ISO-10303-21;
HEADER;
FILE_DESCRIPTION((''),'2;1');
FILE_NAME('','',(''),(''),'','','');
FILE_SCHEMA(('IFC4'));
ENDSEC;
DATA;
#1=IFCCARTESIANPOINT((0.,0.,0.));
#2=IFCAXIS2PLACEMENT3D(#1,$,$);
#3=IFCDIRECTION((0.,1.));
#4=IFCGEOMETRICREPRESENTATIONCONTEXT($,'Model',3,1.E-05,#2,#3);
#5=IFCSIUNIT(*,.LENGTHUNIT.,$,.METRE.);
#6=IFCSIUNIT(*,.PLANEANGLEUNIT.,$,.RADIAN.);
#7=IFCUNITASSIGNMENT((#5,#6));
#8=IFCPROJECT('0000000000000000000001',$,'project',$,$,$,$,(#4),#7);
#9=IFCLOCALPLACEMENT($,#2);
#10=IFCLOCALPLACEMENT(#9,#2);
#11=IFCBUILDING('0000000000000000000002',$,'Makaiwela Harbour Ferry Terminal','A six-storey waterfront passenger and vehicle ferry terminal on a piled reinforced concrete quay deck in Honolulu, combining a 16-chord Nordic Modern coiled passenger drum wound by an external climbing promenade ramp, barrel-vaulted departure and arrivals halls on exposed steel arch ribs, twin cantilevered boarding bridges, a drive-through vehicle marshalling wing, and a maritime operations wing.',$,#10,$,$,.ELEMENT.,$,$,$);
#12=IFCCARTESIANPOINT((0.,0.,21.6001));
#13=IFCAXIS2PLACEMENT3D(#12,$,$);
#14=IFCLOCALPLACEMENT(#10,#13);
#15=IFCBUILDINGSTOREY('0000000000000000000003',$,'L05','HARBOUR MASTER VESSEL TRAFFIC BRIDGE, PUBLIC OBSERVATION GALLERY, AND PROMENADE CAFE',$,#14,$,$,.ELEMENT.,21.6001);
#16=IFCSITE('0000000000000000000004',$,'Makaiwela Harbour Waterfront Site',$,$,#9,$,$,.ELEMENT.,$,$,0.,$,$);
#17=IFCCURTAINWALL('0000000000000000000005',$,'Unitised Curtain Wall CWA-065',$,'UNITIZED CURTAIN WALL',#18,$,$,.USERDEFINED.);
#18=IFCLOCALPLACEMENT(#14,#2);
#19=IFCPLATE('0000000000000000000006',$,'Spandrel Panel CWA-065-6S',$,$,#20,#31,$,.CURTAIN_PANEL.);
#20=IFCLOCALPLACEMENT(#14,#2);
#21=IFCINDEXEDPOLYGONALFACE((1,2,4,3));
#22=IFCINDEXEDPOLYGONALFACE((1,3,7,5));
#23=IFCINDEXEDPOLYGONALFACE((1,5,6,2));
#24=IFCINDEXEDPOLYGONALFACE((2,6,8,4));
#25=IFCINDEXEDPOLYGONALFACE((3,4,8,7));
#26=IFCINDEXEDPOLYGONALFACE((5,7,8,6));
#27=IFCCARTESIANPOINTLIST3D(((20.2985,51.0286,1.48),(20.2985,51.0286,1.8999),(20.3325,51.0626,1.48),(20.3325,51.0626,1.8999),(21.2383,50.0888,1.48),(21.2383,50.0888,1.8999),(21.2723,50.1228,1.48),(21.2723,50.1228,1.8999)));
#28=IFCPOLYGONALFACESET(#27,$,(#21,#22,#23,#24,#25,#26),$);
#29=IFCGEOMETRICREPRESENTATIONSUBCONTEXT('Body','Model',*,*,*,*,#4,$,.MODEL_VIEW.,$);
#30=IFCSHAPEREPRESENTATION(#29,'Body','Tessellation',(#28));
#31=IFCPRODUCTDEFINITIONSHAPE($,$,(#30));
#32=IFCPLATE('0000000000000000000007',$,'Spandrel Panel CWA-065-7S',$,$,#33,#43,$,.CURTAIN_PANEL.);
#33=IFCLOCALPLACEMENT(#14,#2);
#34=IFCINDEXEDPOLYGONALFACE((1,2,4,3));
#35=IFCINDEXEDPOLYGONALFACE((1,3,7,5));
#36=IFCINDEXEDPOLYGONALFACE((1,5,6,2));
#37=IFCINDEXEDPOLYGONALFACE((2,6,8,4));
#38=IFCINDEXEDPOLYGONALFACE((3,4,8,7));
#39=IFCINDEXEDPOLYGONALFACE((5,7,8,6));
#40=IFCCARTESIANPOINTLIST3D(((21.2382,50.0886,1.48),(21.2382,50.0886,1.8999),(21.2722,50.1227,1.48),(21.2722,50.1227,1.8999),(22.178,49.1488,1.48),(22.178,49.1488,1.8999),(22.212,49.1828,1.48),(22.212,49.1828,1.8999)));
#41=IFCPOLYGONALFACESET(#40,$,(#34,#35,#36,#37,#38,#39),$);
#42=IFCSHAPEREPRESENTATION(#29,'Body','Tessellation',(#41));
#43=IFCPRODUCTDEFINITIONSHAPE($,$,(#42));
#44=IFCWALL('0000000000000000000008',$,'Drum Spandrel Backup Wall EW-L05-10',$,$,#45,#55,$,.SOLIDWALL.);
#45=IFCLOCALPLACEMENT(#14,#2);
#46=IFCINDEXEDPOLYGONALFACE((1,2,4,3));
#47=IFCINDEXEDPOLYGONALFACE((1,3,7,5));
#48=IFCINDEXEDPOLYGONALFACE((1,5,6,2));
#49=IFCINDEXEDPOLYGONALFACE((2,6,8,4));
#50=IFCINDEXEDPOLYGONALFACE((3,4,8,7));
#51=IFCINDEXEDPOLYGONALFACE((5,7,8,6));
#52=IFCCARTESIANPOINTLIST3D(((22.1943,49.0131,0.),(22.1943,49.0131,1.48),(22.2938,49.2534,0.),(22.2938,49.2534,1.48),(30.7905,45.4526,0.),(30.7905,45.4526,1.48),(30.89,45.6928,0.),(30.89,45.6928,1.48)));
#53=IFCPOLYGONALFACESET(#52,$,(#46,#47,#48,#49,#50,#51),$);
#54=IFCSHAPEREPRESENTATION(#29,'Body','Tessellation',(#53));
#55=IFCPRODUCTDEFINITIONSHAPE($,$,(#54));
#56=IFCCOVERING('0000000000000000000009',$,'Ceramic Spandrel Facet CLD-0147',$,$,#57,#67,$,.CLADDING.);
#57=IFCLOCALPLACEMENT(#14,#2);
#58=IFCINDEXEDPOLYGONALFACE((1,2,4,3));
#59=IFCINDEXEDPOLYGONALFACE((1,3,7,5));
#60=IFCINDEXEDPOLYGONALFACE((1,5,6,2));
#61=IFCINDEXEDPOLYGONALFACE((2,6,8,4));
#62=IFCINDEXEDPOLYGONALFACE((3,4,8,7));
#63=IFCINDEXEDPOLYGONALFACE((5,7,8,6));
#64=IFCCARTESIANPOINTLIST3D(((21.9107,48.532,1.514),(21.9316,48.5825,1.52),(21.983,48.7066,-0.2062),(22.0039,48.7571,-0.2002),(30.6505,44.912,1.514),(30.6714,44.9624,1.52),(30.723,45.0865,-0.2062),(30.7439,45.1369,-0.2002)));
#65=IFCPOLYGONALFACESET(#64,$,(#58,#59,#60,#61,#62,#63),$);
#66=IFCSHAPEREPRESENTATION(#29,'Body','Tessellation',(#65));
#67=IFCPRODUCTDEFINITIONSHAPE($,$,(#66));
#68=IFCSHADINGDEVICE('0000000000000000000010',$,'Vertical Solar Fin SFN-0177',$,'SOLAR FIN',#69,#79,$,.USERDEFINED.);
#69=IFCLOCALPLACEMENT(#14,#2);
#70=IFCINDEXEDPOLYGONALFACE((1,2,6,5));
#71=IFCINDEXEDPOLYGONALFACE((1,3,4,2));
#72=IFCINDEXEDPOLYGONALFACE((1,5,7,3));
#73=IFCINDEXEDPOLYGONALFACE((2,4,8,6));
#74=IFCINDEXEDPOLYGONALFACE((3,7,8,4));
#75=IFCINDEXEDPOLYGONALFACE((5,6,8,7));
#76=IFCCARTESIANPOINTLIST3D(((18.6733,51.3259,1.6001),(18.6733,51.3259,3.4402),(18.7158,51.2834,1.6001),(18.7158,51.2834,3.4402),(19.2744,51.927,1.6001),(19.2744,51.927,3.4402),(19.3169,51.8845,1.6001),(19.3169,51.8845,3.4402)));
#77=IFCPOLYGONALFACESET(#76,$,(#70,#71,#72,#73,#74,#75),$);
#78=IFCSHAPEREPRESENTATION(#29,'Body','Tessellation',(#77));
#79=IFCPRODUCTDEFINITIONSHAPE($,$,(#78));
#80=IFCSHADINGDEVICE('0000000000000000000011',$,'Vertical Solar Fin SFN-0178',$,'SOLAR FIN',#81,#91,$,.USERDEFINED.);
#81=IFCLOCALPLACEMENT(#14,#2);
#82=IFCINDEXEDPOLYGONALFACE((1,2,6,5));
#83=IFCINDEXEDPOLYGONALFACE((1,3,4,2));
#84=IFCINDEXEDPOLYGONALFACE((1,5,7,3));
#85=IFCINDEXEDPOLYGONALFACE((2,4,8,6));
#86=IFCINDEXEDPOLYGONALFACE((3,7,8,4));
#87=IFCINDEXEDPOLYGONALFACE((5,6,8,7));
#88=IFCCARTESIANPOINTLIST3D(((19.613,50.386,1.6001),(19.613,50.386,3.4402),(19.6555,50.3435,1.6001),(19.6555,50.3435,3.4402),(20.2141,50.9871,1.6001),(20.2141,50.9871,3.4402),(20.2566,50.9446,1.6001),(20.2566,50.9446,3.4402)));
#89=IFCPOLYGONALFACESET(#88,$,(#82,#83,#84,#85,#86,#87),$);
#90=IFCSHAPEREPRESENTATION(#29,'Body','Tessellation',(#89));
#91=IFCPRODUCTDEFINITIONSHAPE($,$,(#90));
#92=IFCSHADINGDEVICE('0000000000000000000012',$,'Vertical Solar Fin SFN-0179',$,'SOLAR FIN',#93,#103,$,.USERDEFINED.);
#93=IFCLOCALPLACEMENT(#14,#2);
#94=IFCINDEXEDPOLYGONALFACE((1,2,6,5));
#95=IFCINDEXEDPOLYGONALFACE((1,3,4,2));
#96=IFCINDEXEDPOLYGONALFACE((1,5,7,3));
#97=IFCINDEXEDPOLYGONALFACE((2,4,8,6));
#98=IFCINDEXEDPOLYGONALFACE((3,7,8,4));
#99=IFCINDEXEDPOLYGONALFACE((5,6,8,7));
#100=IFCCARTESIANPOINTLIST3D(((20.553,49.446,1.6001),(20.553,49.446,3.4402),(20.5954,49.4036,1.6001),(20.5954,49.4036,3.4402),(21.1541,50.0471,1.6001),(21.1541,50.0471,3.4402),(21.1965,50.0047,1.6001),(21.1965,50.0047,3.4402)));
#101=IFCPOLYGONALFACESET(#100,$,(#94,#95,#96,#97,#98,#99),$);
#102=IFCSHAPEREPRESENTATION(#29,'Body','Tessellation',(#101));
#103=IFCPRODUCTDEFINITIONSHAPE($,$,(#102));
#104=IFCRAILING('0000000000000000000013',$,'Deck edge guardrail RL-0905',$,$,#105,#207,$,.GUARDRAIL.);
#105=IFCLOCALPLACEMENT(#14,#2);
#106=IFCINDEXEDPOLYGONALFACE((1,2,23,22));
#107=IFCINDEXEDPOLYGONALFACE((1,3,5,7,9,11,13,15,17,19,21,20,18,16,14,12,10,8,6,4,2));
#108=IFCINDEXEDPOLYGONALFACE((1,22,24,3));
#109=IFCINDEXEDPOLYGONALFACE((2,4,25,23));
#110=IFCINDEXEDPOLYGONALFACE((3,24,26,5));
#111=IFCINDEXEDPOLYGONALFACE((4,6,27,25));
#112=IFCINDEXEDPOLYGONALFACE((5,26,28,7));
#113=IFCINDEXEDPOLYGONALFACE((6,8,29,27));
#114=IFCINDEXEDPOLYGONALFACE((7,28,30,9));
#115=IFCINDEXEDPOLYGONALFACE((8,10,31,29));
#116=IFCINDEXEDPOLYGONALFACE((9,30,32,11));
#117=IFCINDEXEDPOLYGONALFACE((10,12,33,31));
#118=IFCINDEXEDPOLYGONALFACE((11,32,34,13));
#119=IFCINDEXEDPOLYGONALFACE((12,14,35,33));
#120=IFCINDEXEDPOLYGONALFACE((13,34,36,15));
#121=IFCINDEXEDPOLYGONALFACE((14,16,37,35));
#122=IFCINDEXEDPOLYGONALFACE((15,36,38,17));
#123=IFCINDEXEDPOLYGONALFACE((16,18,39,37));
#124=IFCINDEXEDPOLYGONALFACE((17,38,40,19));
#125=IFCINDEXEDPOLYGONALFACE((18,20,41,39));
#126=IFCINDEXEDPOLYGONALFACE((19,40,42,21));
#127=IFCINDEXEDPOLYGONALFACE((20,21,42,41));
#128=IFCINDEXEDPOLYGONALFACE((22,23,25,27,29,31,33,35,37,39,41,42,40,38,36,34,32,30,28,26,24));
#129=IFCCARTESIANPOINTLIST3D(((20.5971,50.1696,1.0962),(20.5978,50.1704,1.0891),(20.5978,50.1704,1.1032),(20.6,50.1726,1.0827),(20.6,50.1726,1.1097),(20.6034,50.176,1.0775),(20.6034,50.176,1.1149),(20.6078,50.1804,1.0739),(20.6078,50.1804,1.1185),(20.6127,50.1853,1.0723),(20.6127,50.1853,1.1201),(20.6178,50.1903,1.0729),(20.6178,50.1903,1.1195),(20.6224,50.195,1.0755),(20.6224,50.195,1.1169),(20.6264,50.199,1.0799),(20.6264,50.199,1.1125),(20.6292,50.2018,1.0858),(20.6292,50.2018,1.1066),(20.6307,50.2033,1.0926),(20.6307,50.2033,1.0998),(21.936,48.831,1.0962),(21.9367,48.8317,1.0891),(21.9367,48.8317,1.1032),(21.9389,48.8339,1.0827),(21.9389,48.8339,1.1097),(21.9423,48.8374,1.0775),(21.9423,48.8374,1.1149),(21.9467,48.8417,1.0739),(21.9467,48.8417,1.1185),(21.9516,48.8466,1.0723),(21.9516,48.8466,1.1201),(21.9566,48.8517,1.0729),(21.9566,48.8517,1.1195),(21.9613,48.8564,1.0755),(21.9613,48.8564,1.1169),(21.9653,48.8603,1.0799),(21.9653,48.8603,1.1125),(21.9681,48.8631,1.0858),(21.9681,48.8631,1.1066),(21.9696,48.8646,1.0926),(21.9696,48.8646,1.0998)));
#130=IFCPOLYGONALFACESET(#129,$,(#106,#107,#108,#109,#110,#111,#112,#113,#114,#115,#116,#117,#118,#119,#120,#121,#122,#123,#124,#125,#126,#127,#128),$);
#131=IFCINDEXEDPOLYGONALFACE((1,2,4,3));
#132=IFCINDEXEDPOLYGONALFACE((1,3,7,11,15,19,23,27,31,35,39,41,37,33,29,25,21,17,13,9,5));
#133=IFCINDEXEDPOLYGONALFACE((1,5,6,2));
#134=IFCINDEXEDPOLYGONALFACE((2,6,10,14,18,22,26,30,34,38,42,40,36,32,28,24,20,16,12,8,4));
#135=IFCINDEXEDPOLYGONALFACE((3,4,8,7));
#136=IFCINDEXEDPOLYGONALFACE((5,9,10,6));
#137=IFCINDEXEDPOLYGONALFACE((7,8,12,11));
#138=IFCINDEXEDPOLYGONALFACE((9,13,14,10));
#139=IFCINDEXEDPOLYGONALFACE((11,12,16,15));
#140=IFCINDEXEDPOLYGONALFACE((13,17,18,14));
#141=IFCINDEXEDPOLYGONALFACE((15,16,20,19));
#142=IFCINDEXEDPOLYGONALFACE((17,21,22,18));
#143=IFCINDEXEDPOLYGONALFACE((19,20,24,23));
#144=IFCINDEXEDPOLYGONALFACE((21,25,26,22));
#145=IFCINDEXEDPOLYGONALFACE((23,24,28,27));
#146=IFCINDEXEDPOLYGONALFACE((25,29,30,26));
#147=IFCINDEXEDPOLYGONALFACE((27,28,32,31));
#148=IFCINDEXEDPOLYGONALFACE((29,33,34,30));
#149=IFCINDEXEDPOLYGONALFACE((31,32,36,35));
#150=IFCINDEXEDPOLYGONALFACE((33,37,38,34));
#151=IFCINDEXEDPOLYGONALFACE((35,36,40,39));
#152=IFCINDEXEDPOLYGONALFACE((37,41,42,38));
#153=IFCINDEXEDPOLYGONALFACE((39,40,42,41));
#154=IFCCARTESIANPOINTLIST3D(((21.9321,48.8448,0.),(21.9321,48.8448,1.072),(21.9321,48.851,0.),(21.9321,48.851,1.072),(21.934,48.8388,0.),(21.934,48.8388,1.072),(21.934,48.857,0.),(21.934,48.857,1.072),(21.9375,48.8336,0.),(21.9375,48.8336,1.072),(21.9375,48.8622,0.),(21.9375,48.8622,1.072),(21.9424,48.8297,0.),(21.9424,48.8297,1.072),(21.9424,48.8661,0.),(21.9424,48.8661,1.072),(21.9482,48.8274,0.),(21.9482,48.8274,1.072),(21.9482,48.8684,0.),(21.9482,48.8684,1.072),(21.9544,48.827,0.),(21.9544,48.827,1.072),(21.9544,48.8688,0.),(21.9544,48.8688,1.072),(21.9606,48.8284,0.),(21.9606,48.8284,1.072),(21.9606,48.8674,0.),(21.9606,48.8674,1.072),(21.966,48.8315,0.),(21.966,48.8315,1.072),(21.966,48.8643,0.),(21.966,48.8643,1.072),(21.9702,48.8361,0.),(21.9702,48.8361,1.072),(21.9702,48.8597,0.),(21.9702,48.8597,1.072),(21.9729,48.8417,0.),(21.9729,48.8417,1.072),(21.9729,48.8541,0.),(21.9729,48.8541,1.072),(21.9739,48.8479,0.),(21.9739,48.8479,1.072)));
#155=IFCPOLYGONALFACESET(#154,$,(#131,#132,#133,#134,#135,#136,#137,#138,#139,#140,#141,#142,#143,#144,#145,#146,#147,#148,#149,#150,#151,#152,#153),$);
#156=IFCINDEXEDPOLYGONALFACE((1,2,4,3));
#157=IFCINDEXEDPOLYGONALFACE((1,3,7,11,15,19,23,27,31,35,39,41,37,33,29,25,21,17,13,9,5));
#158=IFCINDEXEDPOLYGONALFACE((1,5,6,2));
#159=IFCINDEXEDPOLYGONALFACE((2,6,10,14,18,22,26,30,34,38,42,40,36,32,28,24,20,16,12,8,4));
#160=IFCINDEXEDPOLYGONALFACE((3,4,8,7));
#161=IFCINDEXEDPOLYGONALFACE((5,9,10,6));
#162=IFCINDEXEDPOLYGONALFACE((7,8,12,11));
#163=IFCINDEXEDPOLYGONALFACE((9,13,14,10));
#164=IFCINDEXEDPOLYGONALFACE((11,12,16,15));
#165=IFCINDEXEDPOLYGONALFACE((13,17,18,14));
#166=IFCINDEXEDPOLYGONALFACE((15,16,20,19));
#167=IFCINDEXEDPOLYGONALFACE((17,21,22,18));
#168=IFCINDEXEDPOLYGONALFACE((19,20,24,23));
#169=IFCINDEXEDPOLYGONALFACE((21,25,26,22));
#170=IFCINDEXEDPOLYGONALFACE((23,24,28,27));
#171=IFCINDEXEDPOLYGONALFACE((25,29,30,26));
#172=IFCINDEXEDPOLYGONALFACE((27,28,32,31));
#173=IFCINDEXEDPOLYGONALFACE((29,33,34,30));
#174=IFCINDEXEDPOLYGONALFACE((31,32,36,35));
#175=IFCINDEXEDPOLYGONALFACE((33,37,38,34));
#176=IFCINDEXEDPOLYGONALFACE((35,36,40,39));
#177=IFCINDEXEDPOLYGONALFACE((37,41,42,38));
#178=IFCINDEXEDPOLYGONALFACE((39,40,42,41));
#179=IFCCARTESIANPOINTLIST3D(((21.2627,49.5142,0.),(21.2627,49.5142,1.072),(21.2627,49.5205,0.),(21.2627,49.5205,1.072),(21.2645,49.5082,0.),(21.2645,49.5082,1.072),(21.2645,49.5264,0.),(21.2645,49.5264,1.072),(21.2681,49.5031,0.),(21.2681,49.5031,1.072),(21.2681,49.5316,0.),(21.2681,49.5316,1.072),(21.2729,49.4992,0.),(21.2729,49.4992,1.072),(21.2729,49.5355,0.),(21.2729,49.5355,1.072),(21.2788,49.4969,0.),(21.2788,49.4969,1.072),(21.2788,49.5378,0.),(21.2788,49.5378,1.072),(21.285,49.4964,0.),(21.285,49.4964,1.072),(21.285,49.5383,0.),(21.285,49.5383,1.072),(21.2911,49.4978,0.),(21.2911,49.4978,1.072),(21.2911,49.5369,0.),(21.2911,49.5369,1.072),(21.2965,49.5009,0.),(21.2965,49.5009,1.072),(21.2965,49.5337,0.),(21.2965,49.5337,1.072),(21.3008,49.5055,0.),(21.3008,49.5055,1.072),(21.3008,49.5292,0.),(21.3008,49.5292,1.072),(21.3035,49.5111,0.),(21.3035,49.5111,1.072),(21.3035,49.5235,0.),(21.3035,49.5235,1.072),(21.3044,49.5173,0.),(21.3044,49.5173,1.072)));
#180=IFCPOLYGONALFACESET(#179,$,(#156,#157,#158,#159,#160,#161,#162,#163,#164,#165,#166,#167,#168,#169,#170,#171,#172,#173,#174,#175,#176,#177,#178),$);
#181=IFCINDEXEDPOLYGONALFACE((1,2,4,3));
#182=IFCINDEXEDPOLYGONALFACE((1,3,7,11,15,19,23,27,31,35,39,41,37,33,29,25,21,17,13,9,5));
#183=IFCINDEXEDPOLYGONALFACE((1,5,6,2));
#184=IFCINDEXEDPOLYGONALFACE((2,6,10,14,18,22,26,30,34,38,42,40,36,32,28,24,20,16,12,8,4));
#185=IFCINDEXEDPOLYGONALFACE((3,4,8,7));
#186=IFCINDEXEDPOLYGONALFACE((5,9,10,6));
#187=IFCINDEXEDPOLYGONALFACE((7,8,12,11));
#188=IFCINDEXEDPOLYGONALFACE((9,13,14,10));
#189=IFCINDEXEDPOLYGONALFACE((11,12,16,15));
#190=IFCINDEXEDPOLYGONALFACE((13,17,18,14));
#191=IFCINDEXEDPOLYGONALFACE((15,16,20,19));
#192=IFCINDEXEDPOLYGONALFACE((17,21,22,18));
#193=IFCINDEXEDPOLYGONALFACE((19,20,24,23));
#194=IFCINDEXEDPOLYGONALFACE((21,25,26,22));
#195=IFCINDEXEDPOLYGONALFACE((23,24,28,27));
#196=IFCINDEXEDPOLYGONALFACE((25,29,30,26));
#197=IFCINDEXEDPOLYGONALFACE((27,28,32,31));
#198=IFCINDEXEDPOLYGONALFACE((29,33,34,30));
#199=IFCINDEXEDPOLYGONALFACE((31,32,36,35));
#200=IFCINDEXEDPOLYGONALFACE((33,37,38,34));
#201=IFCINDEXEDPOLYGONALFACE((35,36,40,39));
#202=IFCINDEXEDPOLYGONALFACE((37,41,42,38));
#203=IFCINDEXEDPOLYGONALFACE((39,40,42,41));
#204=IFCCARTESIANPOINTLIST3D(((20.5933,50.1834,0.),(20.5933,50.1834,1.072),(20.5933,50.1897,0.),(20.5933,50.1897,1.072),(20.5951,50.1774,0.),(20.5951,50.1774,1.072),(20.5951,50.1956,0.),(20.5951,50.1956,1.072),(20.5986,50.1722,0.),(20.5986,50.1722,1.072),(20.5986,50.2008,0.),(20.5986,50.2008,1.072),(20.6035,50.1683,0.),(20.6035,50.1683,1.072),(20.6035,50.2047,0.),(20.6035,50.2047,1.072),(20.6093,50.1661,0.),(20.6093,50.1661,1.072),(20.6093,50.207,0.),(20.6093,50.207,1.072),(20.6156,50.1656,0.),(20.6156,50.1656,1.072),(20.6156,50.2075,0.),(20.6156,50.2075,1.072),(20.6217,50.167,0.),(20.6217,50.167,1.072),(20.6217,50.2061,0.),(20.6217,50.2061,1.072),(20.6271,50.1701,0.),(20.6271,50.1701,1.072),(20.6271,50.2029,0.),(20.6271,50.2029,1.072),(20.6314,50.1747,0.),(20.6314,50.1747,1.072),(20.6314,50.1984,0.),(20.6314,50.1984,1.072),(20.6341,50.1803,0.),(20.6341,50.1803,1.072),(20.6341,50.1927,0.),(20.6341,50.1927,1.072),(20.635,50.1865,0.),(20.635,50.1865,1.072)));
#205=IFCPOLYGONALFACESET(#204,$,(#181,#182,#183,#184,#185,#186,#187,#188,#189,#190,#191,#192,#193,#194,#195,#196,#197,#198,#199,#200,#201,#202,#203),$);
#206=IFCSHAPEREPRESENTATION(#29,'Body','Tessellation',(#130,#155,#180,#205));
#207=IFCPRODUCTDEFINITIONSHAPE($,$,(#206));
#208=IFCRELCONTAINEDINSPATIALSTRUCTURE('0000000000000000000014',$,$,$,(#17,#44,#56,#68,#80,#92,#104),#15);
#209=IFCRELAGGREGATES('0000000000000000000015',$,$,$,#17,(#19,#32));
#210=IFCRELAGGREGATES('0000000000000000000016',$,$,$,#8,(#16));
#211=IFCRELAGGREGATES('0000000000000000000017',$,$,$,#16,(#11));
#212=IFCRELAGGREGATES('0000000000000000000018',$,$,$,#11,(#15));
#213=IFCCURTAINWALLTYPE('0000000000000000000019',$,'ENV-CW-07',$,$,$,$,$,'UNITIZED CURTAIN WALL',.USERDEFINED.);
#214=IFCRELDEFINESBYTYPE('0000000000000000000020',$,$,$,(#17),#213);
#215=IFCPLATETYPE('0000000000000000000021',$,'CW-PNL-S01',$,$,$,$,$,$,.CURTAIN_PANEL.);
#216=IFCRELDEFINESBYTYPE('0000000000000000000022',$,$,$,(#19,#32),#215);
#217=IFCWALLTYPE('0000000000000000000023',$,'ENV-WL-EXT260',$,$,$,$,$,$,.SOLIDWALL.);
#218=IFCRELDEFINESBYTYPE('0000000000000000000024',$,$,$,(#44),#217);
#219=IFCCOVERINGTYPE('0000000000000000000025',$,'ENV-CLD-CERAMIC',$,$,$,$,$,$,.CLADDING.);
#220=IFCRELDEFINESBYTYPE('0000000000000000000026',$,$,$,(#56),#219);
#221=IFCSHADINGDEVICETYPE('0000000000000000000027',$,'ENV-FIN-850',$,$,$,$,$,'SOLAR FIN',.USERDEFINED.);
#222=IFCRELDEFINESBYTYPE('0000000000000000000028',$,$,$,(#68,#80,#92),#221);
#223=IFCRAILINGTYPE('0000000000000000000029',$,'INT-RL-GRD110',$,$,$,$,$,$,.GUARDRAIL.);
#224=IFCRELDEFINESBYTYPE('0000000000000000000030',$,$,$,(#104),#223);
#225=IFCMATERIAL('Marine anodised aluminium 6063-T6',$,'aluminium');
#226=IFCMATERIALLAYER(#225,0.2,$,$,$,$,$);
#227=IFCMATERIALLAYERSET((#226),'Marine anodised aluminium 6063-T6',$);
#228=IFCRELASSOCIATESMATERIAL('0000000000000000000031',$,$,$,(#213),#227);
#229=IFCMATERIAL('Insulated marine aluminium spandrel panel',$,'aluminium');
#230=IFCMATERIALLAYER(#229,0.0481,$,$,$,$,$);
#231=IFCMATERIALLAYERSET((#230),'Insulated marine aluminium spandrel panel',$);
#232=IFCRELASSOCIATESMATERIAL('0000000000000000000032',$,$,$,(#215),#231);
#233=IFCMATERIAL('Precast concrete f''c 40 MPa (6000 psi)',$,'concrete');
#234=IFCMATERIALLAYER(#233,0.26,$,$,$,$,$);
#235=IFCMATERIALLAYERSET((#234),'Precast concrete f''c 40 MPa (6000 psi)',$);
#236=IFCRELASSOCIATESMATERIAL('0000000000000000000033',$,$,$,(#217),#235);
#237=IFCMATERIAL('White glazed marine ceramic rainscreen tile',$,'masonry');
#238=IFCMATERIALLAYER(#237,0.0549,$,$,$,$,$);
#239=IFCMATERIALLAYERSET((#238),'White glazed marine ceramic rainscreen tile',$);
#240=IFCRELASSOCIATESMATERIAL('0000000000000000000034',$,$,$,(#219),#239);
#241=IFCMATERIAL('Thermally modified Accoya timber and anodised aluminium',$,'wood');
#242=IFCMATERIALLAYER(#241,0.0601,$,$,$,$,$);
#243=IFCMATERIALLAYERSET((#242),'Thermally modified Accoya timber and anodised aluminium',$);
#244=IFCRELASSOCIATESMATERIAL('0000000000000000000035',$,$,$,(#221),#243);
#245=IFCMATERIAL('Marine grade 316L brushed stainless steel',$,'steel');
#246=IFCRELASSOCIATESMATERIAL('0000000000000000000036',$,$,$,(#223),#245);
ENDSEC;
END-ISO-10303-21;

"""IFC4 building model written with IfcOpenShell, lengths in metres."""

from ifc_helpers import new_model, si_unit, direction, frame, frame_2d, origin, origin_2d, place, context, subcontext, project, spatial, polyline, rectangle, circle, outline, extrude, material, layer, layer_set, type_object, element, aggregate, save


model = new_model("IFC4")

# Units and contexts
model_context = context("Model", 3, precision=1e-05, world=origin(), true_north=direction((0.0, 1.0)))
body_context = subcontext(model_context, "Body", "Model", "MODEL_VIEW")
ifc_project = project(units=[si_unit("LENGTHUNIT", "METRE"), si_unit("PLANEANGLEUNIT", "RADIAN")], contexts=[model_context])

# Site, building, storey
site_placement = place(None, origin())
site = spatial("IfcSite", under=ifc_project, at=site_placement, Name="Makaiwela Harbour Waterfront Site", CompositionType="ELEMENT", RefElevation=0.0)
building_placement = place(site_placement, origin())
building = spatial("IfcBuilding", under=site, at=building_placement, Name="Makaiwela Harbour Ferry Terminal", Description="A six-storey waterfront passenger and vehicle ferry terminal on a piled reinforced concrete quay deck in Honolulu, combining a 16-chord Nordic Modern coiled passenger drum wound by an external climbing promenade ramp, barrel-vaulted departure and arrivals halls on exposed steel arch ribs, twin cantilevered boarding bridges, a drive-through vehicle marshalling wing, and a maritime operations wing.", CompositionType="ELEMENT")
storey_placement = place(building_placement, frame((0.0, 0.0, 21.6001)))
storey = spatial("IfcBuildingStorey", under=building, at=storey_placement, Name="L05", Description="HARBOUR MASTER VESSEL TRAFFIC BRIDGE, PUBLIC OBSERVATION GALLERY, AND PROMENADE CAFE", CompositionType="ELEMENT", Elevation=21.6001)

# Curtain wall
ifc_material_1 = material(Name="Marine anodised aluminium 6063-T6", Category="aluminium")
ifc_layer_1 = layer(ifc_material_1, 0.2)
ifc_layer_set_1 = layer_set([ifc_layer_1], Name="Marine anodised aluminium 6063-T6")
curtain_wall_type = type_object("IfcCurtainWallType", Name="ENV-CW-07", ElementType="UNITIZED CURTAIN WALL", PredefinedType="USERDEFINED", material=ifc_layer_set_1)
curtain_wall_1_placement = place(storey_placement, origin())
curtain_wall_1 = element("IfcCurtainWall", 1, at=curtain_wall_1_placement, inside=storey, type_object=curtain_wall_type, Name="Unitised Curtain Wall CWA-065", ObjectType="UNITIZED CURTAIN WALL", PredefinedType="USERDEFINED")

# Plates
ifc_material_2 = material(Name="Insulated marine aluminium spandrel panel", Category="aluminium")
ifc_layer_2 = layer(ifc_material_2, 0.0481)
ifc_layer_set_2 = layer_set([ifc_layer_2], Name="Insulated marine aluminium spandrel panel")
plate_type_1 = type_object("IfcPlateType", Name="CW-PNL-S01", PredefinedType="CURTAIN_PANEL", material=ifc_layer_set_2)
plate_1_placement = place(storey_placement, frame((20.7854, 50.5757, 1.48), z_axis=(0.0, 0.0, 1.0), x_axis=(0.707107, -0.707107, 0.0)))
plate_1 = element("IfcPlate", 2, at=plate_1_placement, type_object=plate_type_1, Name="Spandrel Panel CWA-065-6S", PredefinedType="CURTAIN_PANEL", context=body_context, shape_type="SweptSolid", body=[
    extrude(rectangle(XDim=1.3291, YDim=0.0481, at=origin_2d()), origin(), (0.0, 0.0, 1.0), 0.4199),
])
plate_2_placement = place(storey_placement, frame((21.7251, 49.6357, 1.48), z_axis=(0.0, 0.0, 1.0), x_axis=(0.707107, -0.707107, 0.0)))
plate_2 = element("IfcPlate", 3, at=plate_2_placement, type_object=plate_type_1, Name="Spandrel Panel CWA-065-7S", PredefinedType="CURTAIN_PANEL", context=body_context, shape_type="SweptSolid", body=[
    extrude(rectangle(XDim=1.3291, YDim=0.0481, at=origin_2d()), origin(), (0.0, 0.0, 1.0), 0.4199),
])
aggregate(curtain_wall_1, [plate_1, plate_2])

# Wall
ifc_material_3 = material(Name="Precast concrete f'c 40 MPa (6000 psi)", Category="concrete")
ifc_layer_3 = layer(ifc_material_3, 0.26)
ifc_layer_set_3 = layer_set([ifc_layer_3], Name="Precast concrete f'c 40 MPa (6000 psi)")
wall_type = type_object("IfcWallType", Name="ENV-WL-EXT260", PredefinedType="SOLIDWALL", material=ifc_layer_set_3)
wall_placement = place(storey_placement, frame((22.2439, 49.1333, 0.0), z_axis=(0.0, 0.0, 1.0), x_axis=(0.923884, -0.382673, 0.0)))
element("IfcWall", 4, at=wall_placement, inside=storey, type_object=wall_type, Name="Drum Spandrel Backup Wall EW-L05-10", PredefinedType="SOLIDWALL", context=body_context, shape_type="SweptSolid", body=[
    extrude(rectangle(XDim=9.3044, YDim=0.26, at=frame_2d((4.6523, 0.0))), origin(), (0.0, 0.0, 1.0), 1.48),
])

# Covering
ifc_material_4 = material(Name="White glazed marine ceramic rainscreen tile", Category="masonry")
ifc_layer_4 = layer(ifc_material_4, 0.0549)
ifc_layer_set_4 = layer_set([ifc_layer_4], Name="White glazed marine ceramic rainscreen tile")
covering_type = type_object("IfcCoveringType", Name="ENV-CLD-CERAMIC", PredefinedType="CLADDING", material=ifc_layer_set_4)
covering_placement = place(storey_placement, frame((22.0039, 48.7571, -0.2002), z_axis=(0.38039, 0.918357, 0.109198), x_axis=(0.923882, -0.382678, -0.000001)))
element("IfcCovering", 5, at=covering_placement, inside=storey, type_object=covering_type, Name="Ceramic Spandrel Facet CLD-0147", PredefinedType="CLADDING", context=body_context, shape_type="SweptSolid", body=[
    extrude(outline(polyline([(0.0, 0.0), (9.4601, 0.0), (9.4599, -1.7306), (0.0, -1.7306), (0.0, 0.0)])), origin(), (0.0, 0.0, -1.0), 0.0549),
])

# Shading devices
ifc_material_5 = material(Name="Thermally modified Accoya timber and anodised aluminium", Category="wood")
ifc_layer_5 = layer(ifc_material_5, 0.0601)
ifc_layer_set_5 = layer_set([ifc_layer_5], Name="Thermally modified Accoya timber and anodised aluminium")
shading_device_type = type_object("IfcShadingDeviceType", Name="ENV-FIN-850", ElementType="SOLAR FIN", PredefinedType="USERDEFINED", material=ifc_layer_set_5)
for number, where, z_axis, x_axis, name in (
    (6, (18.9951, 51.6052, 1.6001), (0.0, 0.0, 1.0), (-0.707107, -0.707107, 0.0), "Vertical Solar Fin SFN-0177"),
    (7, (19.9348, 50.6653, 1.6001), (0.0, 0.0, 1.0), (-0.707107, -0.707107, 0.0), "Vertical Solar Fin SFN-0178"),
    (8, (20.8748, 49.7253, 1.6001), (0.0, 0.0, 1.0), (-0.707107, -0.707107, 0.0), "Vertical Solar Fin SFN-0179"),
):
    element("IfcShadingDevice", number, at=place(storey_placement, frame(where, z_axis=z_axis, x_axis=x_axis)), inside=storey, type_object=shading_device_type, Name=name, ObjectType="SOLAR FIN", PredefinedType="USERDEFINED", context=body_context, shape_type="SweptSolid", body=[
        extrude(rectangle(XDim=0.8501, YDim=0.0601, at=origin_2d()), origin(), (0.0, 0.0, 1.0), 1.8401),
    ])

# Railing
ifc_material_6 = material(Name="Marine grade 316L brushed stainless steel", Category="steel")
railing_type = type_object("IfcRailingType", Name="INT-RL-GRD110", PredefinedType="GUARDRAIL", material=ifc_material_6)
railing_placement = place(storey_placement, frame((21.9529, 48.8479, 0.0)))
element("IfcRailing", 9, at=railing_placement, inside=storey, type_object=railing_type, Name="Deck edge guardrail RL-0905", PredefinedType="GUARDRAIL", context=body_context, shape_type="SweptSolid", body=[
    extrude(circle(Radius=0.0239, at=origin_2d()), frame((0.0, 0.0, 1.0962), z_axis=(-0.707171, 0.707042, 0.0), x_axis=(-0.707042, -0.707171, 0.0)), (0.0, 0.0, 1.0), 1.8933),
    extrude(circle(Radius=0.021, at=origin_2d()), origin(), (0.0, 0.0, 1.0), 1.072),
    extrude(circle(Radius=0.021, at=origin_2d()), frame((-0.6694, 0.6694, 0.0)), (0.0, 0.0, 1.0), 1.072),
    extrude(circle(Radius=0.021, at=origin_2d()), frame((-1.3389, 1.3386, 0.0)), (0.0, 0.0, 1.0), 1.072),
])

save(model, "model.ifc")
